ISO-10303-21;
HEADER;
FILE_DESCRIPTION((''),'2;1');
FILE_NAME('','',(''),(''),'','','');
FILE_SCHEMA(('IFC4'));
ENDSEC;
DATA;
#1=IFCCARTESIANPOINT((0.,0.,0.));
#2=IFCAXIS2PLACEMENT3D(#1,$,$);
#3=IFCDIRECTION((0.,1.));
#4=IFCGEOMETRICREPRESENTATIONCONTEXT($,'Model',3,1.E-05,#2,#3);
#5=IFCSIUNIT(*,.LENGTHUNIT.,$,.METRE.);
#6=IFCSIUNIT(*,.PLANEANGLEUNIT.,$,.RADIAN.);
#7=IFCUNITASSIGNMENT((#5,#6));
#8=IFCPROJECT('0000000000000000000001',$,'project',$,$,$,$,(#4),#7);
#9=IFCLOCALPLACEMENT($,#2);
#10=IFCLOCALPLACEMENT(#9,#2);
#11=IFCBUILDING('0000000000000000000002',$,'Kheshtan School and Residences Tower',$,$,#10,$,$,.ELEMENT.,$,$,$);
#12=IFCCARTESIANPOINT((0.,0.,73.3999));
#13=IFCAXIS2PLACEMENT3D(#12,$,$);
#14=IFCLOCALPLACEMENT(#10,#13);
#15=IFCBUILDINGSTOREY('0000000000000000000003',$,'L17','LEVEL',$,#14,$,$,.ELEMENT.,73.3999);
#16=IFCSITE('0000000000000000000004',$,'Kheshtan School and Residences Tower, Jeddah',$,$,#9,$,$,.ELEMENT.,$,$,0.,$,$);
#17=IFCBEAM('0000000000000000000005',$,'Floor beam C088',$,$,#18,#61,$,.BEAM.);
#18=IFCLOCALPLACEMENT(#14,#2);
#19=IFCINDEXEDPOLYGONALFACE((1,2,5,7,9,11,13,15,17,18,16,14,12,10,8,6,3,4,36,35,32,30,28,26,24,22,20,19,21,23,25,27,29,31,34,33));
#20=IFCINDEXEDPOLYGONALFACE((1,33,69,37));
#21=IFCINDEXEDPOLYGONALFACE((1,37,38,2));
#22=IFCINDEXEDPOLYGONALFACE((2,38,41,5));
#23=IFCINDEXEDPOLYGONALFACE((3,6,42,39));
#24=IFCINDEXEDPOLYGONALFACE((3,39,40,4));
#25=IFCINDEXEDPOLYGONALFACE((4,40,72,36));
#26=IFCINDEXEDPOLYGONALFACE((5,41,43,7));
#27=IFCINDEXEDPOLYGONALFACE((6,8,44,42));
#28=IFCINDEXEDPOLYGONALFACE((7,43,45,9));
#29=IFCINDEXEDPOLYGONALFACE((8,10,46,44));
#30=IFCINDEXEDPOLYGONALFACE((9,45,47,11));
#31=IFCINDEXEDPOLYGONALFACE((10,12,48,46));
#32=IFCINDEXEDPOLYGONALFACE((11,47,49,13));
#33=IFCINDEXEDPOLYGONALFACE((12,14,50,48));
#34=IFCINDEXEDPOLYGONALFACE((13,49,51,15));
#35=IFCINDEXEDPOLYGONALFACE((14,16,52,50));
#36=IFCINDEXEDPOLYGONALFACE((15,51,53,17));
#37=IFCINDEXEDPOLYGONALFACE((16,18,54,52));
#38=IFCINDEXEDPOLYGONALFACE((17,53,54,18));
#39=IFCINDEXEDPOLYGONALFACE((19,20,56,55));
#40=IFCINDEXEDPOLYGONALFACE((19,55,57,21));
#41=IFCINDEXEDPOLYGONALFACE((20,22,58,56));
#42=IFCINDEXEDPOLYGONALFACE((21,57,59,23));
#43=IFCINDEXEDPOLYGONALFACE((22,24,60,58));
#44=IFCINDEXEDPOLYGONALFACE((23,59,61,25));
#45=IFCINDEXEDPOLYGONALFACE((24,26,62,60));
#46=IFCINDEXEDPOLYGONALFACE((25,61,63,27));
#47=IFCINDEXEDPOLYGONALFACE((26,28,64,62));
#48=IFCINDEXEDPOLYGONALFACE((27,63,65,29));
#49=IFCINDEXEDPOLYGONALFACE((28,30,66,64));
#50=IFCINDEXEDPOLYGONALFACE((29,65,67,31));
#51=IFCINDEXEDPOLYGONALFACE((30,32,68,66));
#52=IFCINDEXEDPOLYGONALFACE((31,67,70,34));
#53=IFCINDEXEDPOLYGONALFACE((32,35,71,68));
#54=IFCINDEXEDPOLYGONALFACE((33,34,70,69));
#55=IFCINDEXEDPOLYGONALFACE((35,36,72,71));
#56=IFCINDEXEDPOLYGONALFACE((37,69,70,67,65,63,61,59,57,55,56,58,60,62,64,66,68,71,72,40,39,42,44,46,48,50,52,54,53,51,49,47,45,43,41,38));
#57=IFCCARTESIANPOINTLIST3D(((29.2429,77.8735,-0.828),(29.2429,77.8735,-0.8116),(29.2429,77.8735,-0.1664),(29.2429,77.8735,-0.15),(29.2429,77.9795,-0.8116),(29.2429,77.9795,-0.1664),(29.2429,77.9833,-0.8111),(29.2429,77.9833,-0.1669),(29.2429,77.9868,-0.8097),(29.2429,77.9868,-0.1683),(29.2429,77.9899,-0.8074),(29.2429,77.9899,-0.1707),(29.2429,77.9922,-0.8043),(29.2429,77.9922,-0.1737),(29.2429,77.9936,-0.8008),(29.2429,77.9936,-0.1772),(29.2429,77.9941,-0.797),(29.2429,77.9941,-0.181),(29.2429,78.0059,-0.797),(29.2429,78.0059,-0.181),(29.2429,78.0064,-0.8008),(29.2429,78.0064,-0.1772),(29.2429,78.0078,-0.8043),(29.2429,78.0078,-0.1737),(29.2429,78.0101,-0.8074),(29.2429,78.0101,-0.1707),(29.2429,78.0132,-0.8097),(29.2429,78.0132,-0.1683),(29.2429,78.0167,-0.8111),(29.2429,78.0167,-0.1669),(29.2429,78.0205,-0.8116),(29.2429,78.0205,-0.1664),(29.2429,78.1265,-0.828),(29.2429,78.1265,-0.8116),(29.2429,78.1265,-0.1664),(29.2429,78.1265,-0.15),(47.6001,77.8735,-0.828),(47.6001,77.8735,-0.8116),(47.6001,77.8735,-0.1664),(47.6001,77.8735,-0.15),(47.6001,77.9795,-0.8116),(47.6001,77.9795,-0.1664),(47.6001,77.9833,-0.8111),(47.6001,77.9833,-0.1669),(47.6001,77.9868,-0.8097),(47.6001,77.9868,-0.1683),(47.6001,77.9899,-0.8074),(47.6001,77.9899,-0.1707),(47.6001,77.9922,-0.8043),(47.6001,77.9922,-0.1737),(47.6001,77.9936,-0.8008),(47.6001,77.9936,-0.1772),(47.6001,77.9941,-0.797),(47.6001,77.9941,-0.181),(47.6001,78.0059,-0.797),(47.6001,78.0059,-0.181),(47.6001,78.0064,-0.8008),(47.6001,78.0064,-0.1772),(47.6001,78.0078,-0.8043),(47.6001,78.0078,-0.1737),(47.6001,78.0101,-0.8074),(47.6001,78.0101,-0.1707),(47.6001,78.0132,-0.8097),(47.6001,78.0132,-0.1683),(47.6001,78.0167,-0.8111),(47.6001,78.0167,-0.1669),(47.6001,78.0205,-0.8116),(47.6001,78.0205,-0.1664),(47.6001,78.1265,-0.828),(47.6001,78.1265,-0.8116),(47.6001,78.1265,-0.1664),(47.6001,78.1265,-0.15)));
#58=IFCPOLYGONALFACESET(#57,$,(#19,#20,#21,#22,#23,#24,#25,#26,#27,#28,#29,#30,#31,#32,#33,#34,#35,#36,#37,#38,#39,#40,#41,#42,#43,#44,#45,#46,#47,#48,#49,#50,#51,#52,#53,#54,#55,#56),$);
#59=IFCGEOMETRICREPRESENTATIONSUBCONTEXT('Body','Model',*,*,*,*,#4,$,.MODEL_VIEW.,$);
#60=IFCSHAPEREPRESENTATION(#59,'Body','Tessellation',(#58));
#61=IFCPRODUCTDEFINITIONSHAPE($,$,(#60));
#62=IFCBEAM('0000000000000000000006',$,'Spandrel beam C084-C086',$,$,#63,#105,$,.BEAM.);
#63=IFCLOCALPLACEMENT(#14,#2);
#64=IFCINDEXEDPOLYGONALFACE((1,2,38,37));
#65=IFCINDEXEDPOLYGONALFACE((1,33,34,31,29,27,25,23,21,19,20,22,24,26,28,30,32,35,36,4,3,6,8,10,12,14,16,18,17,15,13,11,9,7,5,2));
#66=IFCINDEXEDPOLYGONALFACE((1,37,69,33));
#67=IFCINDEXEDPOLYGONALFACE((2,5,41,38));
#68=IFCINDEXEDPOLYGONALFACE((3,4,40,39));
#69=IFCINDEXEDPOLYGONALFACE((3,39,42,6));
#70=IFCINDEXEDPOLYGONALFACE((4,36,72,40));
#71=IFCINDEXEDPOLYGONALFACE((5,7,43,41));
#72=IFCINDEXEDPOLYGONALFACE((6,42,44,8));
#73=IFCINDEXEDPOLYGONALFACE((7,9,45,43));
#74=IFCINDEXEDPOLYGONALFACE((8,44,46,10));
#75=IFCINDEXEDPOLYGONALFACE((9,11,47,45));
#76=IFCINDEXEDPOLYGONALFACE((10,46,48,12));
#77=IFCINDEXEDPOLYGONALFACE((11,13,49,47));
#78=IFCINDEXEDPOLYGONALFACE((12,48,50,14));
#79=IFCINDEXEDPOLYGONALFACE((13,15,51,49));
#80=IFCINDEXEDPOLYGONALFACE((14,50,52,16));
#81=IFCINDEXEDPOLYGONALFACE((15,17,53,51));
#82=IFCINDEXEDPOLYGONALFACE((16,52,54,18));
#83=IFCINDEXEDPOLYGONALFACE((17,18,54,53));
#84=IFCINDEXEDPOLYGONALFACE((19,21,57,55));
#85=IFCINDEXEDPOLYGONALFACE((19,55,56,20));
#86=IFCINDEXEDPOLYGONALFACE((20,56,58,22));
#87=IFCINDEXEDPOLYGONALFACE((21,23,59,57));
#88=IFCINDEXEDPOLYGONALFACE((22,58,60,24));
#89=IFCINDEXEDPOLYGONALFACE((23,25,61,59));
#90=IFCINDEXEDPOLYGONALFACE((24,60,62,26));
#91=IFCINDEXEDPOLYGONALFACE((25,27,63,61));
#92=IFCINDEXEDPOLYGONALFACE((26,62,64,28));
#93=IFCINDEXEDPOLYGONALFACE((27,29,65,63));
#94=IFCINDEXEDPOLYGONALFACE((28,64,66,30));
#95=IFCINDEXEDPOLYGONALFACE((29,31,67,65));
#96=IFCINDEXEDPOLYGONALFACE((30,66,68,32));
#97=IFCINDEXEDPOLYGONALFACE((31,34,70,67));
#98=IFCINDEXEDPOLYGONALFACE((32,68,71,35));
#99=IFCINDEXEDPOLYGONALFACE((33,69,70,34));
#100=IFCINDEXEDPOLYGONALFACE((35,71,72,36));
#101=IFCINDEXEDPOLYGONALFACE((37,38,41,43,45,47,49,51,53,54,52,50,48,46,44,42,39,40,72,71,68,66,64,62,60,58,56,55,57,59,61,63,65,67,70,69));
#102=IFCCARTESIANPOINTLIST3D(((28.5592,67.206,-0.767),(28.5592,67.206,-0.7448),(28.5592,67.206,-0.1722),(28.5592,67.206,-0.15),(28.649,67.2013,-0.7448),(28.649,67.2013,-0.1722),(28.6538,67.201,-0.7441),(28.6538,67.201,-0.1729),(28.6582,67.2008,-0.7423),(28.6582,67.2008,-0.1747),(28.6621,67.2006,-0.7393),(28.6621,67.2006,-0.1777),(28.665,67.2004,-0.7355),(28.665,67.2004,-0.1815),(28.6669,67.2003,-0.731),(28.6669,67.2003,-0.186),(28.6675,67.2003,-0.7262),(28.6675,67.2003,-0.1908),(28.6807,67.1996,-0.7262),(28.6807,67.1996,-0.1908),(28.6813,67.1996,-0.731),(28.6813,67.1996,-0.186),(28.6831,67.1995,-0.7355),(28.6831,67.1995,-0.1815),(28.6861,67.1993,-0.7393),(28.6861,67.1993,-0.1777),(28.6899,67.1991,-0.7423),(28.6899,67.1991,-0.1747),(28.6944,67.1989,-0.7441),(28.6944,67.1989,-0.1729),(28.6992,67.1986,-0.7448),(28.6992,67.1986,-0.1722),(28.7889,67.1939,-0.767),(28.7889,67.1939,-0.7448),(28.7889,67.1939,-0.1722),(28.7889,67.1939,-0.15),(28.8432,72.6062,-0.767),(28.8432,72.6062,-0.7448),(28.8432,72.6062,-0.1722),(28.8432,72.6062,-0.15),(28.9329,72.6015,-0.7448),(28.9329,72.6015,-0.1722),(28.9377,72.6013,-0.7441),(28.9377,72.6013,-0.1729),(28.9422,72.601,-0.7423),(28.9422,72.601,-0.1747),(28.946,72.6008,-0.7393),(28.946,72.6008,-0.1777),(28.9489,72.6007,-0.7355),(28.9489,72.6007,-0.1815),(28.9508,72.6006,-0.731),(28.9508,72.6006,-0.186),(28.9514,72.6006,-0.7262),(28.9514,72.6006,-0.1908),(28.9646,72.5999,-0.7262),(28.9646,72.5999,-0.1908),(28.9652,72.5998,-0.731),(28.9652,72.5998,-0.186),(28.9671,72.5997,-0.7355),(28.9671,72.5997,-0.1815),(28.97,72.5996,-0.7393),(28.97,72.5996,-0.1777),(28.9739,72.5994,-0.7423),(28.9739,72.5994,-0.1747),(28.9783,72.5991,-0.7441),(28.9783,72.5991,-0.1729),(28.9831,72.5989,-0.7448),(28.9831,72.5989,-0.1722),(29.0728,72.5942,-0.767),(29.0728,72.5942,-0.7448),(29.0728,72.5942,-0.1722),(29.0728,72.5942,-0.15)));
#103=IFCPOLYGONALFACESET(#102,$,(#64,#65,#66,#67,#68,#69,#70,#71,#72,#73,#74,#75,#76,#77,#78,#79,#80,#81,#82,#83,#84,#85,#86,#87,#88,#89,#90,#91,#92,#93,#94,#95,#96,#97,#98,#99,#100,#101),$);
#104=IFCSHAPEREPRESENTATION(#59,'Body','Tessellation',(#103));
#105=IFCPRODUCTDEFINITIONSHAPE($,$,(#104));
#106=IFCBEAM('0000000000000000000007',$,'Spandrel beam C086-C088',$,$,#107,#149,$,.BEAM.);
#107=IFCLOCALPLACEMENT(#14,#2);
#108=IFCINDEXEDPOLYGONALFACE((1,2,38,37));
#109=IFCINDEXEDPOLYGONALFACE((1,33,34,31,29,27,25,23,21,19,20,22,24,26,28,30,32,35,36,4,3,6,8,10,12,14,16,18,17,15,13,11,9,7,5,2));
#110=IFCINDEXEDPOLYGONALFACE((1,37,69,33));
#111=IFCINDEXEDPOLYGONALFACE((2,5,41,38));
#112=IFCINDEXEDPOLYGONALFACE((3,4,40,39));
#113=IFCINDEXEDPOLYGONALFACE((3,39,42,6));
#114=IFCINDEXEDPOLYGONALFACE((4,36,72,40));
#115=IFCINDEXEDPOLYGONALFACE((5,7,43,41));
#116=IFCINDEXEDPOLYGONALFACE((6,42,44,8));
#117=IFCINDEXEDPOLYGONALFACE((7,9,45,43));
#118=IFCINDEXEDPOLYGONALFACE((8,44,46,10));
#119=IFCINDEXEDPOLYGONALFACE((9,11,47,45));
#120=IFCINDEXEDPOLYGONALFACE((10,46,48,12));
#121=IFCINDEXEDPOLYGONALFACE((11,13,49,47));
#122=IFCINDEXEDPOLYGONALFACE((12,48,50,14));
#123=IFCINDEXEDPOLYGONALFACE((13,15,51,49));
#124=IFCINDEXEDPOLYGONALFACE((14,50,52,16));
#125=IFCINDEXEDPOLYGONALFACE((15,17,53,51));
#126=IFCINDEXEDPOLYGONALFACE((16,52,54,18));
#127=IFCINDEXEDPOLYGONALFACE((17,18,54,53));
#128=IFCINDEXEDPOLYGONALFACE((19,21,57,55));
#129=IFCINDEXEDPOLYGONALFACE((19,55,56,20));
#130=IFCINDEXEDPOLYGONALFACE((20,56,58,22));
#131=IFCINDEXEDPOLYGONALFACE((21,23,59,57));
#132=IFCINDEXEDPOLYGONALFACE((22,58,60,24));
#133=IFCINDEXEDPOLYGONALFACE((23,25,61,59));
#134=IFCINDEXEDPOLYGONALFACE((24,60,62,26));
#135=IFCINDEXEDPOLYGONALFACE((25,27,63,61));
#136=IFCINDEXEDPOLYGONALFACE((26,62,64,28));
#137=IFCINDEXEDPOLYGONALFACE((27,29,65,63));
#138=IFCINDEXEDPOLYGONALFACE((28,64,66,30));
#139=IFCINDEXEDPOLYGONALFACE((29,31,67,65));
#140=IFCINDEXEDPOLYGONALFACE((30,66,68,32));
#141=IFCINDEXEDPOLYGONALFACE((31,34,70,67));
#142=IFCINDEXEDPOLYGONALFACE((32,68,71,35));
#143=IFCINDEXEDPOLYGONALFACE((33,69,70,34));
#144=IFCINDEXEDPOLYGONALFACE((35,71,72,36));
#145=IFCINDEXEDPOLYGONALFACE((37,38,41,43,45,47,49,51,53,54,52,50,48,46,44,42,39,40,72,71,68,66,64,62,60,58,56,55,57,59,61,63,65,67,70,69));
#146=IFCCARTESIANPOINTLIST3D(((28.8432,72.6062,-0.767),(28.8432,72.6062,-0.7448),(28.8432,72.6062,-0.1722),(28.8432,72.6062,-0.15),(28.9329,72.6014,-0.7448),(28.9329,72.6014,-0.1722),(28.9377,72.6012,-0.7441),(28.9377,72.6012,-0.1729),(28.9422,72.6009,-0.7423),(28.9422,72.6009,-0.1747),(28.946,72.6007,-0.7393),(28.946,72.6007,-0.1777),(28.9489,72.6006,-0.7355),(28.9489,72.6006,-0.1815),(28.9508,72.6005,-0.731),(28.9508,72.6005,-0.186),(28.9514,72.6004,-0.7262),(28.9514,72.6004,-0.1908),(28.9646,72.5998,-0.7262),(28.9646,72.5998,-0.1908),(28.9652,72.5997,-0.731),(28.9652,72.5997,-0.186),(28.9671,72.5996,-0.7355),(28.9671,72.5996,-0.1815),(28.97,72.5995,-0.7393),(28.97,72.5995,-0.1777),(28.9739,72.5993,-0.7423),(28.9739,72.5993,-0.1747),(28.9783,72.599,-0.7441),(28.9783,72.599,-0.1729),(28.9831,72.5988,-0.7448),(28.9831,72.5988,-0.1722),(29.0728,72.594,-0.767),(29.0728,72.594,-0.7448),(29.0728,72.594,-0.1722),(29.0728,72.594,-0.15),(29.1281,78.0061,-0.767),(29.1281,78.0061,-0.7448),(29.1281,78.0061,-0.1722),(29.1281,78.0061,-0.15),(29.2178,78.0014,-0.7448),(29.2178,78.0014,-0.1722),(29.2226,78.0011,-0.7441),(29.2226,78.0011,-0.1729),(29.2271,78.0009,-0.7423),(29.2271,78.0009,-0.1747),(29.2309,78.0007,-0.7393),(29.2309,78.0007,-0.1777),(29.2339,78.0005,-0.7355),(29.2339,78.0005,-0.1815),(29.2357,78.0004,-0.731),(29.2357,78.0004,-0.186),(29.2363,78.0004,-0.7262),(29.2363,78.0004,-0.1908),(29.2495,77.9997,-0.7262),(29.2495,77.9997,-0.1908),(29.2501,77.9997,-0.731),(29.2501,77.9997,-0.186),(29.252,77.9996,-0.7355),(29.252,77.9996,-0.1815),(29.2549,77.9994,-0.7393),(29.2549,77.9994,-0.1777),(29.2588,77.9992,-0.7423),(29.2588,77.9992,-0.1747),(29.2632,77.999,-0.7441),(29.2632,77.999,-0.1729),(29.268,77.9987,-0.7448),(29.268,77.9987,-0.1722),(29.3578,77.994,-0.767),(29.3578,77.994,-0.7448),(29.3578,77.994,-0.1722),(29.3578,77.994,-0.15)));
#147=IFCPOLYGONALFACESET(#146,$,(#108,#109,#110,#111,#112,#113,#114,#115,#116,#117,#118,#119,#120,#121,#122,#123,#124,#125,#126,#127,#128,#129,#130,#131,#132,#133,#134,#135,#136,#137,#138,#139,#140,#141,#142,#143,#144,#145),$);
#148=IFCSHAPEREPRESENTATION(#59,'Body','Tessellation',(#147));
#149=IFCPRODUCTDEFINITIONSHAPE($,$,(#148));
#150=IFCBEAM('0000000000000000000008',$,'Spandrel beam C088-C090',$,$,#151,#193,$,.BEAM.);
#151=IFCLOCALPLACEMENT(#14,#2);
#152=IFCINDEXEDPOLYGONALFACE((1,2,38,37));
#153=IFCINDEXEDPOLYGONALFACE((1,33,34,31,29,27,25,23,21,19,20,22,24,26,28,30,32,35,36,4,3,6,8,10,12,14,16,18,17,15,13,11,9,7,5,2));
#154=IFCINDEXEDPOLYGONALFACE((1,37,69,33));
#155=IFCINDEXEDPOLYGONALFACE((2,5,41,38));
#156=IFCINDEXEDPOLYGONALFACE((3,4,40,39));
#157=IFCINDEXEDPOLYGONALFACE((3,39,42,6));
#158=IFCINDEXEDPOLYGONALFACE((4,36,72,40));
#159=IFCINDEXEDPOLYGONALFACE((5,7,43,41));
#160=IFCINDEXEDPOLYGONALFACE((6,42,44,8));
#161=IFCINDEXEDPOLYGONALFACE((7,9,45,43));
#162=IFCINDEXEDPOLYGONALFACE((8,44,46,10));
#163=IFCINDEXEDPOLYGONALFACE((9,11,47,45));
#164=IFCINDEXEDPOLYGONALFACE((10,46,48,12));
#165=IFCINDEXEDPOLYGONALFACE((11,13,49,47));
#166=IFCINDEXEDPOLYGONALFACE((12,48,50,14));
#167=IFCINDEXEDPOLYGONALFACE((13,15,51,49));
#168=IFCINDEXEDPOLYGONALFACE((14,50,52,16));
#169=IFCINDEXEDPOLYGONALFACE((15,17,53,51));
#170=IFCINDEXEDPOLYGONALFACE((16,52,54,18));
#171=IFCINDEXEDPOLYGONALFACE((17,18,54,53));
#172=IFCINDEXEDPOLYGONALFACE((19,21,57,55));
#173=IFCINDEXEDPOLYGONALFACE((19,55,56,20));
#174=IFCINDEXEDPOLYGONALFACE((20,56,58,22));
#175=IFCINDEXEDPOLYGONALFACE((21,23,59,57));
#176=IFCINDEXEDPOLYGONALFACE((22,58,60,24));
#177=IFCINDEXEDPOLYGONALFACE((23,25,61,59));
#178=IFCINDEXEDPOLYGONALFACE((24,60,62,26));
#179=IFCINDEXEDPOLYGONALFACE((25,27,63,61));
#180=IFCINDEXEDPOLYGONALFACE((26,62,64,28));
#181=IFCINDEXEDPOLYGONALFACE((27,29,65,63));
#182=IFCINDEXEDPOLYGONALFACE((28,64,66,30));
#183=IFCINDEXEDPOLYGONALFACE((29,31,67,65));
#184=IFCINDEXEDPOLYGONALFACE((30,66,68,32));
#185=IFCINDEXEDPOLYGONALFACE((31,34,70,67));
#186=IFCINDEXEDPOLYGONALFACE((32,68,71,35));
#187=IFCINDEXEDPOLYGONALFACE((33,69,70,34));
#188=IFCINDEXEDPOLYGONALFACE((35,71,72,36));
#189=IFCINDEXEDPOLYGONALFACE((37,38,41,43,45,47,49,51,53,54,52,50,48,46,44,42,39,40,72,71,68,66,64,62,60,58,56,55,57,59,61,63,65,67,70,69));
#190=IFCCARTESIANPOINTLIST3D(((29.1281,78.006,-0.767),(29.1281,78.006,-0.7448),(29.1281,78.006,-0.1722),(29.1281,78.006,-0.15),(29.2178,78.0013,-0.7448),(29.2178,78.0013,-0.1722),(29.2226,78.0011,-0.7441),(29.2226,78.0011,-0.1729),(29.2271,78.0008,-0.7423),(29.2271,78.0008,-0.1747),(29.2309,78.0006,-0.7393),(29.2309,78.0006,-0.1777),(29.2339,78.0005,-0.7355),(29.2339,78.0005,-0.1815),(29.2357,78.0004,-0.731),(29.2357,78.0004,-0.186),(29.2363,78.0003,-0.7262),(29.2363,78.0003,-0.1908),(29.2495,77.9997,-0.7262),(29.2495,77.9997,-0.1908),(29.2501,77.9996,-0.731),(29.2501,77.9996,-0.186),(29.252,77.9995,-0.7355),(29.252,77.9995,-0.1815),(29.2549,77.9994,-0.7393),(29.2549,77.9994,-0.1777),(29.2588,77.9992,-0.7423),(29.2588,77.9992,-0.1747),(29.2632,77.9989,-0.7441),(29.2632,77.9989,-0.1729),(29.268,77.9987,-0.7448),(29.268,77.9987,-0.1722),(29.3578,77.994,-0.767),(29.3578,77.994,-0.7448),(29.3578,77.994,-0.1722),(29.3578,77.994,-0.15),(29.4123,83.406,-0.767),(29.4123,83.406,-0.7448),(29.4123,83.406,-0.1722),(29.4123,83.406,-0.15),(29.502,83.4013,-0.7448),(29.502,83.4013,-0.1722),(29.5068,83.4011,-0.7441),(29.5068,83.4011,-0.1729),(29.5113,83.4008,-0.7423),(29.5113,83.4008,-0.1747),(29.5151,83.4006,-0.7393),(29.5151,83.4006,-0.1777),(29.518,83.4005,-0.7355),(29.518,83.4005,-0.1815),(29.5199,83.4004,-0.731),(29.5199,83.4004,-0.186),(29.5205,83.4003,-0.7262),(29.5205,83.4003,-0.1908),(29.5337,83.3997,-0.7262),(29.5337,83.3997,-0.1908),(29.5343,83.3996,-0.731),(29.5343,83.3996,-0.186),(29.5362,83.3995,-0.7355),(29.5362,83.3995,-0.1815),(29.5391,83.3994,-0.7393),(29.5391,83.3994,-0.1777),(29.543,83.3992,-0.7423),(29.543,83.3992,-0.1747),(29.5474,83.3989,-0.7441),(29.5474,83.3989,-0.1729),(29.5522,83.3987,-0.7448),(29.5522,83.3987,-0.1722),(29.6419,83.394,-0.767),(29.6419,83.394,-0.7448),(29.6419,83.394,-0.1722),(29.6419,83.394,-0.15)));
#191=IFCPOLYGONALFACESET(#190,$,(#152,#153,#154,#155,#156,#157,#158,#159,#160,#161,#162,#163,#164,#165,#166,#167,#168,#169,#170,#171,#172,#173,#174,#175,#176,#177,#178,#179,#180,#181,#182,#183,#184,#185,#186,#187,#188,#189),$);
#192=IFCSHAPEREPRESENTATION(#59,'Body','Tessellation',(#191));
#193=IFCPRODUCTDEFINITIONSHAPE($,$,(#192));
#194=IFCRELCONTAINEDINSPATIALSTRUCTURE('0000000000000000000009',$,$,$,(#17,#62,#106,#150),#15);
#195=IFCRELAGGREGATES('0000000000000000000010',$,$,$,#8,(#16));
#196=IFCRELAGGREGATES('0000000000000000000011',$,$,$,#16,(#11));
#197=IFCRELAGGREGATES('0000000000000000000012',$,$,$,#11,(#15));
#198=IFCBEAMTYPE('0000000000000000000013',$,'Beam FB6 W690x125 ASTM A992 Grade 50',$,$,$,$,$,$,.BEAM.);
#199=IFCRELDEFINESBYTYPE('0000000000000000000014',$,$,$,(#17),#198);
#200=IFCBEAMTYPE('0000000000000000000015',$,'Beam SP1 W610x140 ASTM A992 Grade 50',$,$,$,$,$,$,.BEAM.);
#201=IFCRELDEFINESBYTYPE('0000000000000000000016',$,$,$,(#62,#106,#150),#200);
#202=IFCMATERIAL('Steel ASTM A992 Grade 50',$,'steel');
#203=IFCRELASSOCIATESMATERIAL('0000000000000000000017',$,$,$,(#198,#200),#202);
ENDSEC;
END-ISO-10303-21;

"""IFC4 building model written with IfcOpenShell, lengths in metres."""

from ifc_helpers import new_model, si_unit, direction, frame, origin, origin_2d, place, context, subcontext, project, spatial, i_section, extrude, material, material_profile, profile_set, type_object, element, save


model = new_model("IFC4")

# Units and contexts
model_context = context("Model", 3, precision=1e-05, world=origin(), true_north=direction((0.0, 1.0)))
body_context = subcontext(model_context, "Body", "Model", "MODEL_VIEW")
ifc_project = project(units=[si_unit("LENGTHUNIT", "METRE"), si_unit("PLANEANGLEUNIT", "RADIAN")], contexts=[model_context])

# Site, building, storey
site_placement = place(None, origin())
site = spatial("IfcSite", under=ifc_project, at=site_placement, Name="Kheshtan School and Residences Tower, Jeddah", CompositionType="ELEMENT", RefElevation=0.0)
building_placement = place(site_placement, origin())
building = spatial("IfcBuilding", under=site, at=building_placement, Name="Kheshtan School and Residences Tower", CompositionType="ELEMENT")
storey_placement = place(building_placement, frame((0.0, 0.0, 73.3999)))
storey = spatial("IfcBuildingStorey", under=building, at=storey_placement, Name="L17", Description="LEVEL", CompositionType="ELEMENT", Elevation=73.3999)

# Shared definitions
ifc_material_1 = material(Name="Steel ASTM A992 Grade 50", Category="steel")

# Beams
ifc_material_profile_1 = material_profile(ifc_material_1, i_section(OverallWidth=0.2529, OverallDepth=0.678, WebThickness=0.0117, FlangeThickness=0.0164, FilletRadius=0.0146, at=origin_2d()), Name="W690x125")
ifc_profile_set_1 = profile_set([ifc_material_profile_1], Name="Steel ASTM A992 Grade 50")
beam_type_1 = type_object("IfcBeamType", Name="Beam FB6 W690x125 ASTM A992 Grade 50", PredefinedType="BEAM", material=ifc_profile_set_1)
beam_1_placement = place(storey_placement, frame((29.2429, 78.0, -0.489), z_axis=(1.0, 0.0, 0.0), x_axis=(0.0, 1.0, 0.0)))
element("IfcBeam", 1, at=beam_1_placement, inside=storey, type_object=beam_type_1, Name="Floor beam C088", PredefinedType="BEAM", context=body_context, shape_type="SweptSolid", body=[
    extrude(i_section(OverallWidth=0.2529, OverallDepth=0.678, WebThickness=0.0117, FlangeThickness=0.0164, FilletRadius=0.0146, at=origin_2d()), origin(), (0.0, 0.0, 1.0), 18.3572),
])
ifc_material_profile_2 = material_profile(ifc_material_1, i_section(OverallWidth=0.23, OverallDepth=0.6169, WebThickness=0.0132, FlangeThickness=0.0222, FilletRadius=0.0186, at=origin_2d()), Name="W610x140")
ifc_profile_set_2 = profile_set([ifc_material_profile_2], Name="Steel ASTM A992 Grade 50")
beam_type_2 = type_object("IfcBeamType", Name="Beam SP1 W610x140 ASTM A992 Grade 50", PredefinedType="BEAM", material=ifc_profile_set_2)
beam_2_placement = place(storey_placement, frame((28.6741, 67.2, -0.4585), z_axis=(0.052507, 0.998621, 0.0), x_axis=(-0.998621, 0.052507, 0.0)))
element("IfcBeam", 2, at=beam_2_placement, inside=storey, type_object=beam_type_2, Name="Spandrel beam C084-C086", PredefinedType="BEAM", context=body_context, shape_type="SweptSolid", body=[
    extrude(i_section(OverallWidth=0.23, OverallDepth=0.6169, WebThickness=0.0132, FlangeThickness=0.0222, FilletRadius=0.0186, at=origin_2d()), origin(), (0.0, 0.0, 1.0), 5.4077),
])
for number, where, z_axis, x_axis, name in (
    (3, (28.958, 72.6001, -0.4585), (0.052689, 0.998611, 0.0), (-0.998611, 0.052689, 0.0), "Spandrel beam C086-C088"),
    (4, (29.2429, 78.0, -0.4585), (0.052554, 0.998618, 0.0), (-0.998618, 0.052554, 0.0), "Spandrel beam C088-C090"),
):
    element("IfcBeam", number, at=place(storey_placement, frame(where, z_axis=z_axis, x_axis=x_axis)), inside=storey, type_object=beam_type_2, Name=name, PredefinedType="BEAM", context=body_context, shape_type="SweptSolid", body=[
        extrude(i_section(OverallWidth=0.23, OverallDepth=0.6169, WebThickness=0.0132, FlangeThickness=0.0222, FilletRadius=0.0186, at=origin_2d()), origin(), (0.0, 0.0, 1.0), 5.4075),
    ])

save(model, "model.ifc")
